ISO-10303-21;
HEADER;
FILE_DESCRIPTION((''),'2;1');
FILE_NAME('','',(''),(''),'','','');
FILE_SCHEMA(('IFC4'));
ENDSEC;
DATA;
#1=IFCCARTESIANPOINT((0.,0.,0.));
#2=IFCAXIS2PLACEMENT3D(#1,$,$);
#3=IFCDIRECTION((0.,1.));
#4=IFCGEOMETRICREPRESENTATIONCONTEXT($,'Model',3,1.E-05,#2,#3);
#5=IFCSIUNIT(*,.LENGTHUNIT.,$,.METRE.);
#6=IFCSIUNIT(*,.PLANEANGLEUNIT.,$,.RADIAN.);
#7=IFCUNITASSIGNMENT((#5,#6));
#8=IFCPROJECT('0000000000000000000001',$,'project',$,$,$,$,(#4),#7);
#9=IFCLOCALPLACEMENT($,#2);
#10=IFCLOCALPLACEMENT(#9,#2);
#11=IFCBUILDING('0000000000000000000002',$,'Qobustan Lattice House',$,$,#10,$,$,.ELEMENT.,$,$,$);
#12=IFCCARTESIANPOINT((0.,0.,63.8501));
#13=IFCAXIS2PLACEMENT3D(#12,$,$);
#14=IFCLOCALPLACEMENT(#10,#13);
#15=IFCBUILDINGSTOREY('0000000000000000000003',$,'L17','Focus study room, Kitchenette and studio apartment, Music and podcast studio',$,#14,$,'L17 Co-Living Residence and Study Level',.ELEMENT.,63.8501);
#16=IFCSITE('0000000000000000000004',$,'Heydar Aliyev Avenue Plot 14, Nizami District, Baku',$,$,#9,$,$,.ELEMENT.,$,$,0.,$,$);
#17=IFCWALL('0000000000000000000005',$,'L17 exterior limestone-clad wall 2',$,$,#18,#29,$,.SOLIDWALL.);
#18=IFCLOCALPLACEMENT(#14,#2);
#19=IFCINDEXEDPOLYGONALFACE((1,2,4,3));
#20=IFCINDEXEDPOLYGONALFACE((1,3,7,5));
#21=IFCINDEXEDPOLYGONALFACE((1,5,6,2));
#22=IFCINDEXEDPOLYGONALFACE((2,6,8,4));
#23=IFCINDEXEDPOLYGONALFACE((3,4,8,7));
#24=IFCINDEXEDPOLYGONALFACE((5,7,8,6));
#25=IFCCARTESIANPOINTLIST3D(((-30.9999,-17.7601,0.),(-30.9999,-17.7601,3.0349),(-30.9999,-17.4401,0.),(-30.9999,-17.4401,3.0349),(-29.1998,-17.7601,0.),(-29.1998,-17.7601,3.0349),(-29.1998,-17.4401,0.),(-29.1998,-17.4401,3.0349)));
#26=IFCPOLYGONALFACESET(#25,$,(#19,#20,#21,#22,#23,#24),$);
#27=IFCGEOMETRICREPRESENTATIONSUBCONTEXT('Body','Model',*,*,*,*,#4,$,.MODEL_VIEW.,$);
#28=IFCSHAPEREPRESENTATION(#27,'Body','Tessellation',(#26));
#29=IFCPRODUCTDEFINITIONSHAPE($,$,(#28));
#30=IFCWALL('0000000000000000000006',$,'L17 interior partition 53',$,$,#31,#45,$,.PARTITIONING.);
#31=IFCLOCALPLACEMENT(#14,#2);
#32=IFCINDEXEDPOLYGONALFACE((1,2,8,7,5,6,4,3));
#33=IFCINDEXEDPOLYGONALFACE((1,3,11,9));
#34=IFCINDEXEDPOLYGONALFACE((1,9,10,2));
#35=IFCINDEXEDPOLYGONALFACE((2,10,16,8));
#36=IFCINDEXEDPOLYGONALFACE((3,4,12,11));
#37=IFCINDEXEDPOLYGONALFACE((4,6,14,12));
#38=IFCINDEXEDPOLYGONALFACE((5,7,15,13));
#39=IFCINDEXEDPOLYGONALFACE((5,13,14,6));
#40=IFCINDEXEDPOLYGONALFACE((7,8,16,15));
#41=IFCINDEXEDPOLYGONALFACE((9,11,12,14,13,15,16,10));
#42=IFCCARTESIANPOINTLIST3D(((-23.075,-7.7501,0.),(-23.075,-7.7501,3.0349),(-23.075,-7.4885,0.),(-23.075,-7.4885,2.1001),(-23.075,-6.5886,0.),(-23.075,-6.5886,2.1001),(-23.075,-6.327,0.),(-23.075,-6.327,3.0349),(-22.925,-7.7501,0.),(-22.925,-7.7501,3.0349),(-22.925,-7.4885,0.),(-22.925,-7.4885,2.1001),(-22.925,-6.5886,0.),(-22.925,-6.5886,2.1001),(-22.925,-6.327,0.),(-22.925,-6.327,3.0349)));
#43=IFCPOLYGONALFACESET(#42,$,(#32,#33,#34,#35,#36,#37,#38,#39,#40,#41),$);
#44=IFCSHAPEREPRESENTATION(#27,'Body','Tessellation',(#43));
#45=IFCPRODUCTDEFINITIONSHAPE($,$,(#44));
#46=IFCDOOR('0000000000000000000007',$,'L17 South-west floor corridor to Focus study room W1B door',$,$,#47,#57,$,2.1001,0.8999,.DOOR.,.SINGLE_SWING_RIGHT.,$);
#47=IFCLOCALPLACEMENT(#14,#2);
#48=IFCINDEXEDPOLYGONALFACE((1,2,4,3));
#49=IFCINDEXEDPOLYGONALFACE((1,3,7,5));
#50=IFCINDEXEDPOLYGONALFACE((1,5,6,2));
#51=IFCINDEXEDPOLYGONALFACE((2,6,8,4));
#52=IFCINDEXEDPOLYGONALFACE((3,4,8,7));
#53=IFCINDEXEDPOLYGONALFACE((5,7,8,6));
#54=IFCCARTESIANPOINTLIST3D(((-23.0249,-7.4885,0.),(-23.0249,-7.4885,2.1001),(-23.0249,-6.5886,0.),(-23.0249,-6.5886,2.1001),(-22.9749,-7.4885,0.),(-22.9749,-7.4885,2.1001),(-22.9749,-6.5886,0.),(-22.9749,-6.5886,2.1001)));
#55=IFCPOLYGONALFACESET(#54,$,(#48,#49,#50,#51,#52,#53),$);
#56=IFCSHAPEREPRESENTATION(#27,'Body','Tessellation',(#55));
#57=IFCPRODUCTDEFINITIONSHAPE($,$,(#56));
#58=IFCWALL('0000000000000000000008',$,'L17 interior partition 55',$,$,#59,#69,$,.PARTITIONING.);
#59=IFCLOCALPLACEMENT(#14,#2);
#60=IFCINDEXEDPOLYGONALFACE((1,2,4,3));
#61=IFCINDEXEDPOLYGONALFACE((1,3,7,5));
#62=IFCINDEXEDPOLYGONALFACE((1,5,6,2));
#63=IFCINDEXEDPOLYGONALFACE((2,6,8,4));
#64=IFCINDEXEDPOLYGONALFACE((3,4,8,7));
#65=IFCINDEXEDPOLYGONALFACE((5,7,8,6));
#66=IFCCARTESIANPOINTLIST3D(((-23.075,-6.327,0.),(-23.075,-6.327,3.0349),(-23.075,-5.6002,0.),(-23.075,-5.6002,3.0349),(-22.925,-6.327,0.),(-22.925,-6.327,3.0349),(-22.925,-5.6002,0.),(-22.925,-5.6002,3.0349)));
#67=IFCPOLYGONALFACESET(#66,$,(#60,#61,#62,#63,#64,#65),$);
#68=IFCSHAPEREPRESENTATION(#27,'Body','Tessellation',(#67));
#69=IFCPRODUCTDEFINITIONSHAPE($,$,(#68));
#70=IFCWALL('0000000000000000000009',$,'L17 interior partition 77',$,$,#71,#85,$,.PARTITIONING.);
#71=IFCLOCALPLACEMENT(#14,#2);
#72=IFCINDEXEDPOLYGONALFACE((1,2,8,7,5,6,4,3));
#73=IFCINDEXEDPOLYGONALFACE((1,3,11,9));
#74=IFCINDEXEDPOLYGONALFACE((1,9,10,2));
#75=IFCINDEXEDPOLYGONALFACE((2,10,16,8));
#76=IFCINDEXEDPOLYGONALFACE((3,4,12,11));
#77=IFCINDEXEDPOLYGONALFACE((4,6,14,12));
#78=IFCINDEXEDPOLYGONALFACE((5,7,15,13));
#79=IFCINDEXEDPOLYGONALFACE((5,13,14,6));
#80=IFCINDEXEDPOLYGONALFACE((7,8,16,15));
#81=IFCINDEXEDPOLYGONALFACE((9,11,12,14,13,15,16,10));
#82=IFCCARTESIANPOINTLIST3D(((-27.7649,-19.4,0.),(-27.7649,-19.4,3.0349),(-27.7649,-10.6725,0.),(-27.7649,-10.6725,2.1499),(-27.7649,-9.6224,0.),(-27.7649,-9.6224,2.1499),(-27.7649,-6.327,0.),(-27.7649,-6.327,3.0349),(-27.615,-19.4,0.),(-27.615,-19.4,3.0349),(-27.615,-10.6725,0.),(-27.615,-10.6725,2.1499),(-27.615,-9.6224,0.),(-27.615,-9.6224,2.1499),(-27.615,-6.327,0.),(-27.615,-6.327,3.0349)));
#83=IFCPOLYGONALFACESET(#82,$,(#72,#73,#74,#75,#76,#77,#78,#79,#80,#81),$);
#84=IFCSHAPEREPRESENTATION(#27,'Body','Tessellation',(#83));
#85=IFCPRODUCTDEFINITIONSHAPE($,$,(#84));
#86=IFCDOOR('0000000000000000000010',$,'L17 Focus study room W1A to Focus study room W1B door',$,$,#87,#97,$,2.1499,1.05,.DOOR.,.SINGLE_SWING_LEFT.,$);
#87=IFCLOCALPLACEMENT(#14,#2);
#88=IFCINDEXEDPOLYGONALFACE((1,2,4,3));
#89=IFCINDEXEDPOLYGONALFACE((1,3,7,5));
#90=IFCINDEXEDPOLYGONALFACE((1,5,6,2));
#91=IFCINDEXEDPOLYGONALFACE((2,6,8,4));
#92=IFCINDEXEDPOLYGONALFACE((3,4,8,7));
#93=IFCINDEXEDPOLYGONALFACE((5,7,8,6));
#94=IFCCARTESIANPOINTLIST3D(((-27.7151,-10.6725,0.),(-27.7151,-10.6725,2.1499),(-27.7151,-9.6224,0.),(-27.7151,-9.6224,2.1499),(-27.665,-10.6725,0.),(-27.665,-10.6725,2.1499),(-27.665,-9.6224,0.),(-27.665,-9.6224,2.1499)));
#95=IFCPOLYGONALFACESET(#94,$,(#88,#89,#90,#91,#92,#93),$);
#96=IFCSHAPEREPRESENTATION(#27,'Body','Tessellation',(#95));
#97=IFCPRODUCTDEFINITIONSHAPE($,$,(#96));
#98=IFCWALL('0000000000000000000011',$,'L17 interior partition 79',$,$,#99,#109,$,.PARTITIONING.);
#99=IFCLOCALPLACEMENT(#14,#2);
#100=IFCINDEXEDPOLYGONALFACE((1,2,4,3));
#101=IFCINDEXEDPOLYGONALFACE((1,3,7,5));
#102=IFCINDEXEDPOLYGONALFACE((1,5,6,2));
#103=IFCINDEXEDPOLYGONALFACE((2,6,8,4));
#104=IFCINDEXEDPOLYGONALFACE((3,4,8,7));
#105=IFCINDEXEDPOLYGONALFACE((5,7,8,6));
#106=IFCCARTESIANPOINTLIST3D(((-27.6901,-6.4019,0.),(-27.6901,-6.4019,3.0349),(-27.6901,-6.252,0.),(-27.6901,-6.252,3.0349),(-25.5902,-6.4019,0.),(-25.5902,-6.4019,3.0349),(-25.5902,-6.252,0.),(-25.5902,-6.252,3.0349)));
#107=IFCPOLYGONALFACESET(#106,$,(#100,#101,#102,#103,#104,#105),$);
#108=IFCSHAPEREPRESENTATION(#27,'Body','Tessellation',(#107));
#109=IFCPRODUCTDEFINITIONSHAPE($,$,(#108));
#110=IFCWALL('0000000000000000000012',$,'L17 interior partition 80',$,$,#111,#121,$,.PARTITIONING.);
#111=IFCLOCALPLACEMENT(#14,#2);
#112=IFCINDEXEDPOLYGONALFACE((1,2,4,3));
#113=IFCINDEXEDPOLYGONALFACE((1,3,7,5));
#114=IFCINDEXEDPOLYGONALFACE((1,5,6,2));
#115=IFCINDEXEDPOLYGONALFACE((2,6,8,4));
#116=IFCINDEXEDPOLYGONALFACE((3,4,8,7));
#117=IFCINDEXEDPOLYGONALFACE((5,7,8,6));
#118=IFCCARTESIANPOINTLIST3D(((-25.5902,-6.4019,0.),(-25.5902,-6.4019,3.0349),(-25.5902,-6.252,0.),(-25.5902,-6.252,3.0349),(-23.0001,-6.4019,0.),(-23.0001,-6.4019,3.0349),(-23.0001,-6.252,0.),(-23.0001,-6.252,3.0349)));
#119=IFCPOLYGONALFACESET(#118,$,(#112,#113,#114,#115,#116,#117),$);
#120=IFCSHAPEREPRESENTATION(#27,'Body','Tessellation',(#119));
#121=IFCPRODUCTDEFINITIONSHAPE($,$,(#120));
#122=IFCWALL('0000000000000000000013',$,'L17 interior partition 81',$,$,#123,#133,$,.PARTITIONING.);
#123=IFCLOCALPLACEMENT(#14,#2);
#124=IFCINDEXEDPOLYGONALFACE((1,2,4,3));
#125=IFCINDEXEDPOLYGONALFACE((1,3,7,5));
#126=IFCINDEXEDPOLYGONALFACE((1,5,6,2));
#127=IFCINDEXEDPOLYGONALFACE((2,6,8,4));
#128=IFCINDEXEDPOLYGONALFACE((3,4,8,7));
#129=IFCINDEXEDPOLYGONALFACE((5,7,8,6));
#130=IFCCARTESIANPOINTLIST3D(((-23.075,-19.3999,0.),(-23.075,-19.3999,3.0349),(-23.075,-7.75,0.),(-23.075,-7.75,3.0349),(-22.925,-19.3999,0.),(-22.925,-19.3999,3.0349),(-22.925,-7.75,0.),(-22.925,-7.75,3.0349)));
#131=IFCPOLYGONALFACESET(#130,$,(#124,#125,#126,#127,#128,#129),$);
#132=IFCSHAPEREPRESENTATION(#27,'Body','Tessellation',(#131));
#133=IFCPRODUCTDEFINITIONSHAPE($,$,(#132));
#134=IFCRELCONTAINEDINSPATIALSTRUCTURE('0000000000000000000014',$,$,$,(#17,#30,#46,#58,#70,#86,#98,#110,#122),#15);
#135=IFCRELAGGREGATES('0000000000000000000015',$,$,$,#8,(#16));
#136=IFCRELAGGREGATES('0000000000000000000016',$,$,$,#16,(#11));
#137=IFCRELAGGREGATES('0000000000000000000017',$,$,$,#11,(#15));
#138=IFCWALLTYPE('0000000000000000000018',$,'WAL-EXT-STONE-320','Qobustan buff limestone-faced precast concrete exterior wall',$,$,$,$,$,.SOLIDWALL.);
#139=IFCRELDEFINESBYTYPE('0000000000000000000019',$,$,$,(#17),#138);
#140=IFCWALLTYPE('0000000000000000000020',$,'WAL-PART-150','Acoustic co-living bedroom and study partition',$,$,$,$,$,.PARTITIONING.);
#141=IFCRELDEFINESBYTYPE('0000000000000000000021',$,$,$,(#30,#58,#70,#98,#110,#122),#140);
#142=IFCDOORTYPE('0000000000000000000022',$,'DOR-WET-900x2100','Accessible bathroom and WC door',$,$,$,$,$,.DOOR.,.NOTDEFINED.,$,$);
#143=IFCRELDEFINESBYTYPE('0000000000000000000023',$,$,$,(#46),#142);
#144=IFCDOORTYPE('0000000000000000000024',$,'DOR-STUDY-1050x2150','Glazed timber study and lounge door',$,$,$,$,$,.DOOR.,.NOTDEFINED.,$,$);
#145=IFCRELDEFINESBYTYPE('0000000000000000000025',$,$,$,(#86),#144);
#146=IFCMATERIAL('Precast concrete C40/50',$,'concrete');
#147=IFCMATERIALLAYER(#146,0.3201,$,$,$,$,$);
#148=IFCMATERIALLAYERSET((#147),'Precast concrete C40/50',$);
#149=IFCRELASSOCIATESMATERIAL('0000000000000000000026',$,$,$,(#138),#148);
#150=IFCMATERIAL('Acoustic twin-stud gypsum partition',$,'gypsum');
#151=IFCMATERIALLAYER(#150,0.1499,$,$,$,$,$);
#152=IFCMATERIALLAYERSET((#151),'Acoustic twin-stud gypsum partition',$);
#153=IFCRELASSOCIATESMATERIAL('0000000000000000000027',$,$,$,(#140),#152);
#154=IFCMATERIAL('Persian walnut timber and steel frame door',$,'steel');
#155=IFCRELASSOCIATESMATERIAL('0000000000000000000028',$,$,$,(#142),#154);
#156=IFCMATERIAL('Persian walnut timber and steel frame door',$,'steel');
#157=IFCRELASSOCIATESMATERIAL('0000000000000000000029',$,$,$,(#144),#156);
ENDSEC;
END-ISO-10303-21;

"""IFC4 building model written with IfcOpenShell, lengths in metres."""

from ifc_helpers import new_model, si_unit, direction, frame, frame_2d, origin, place, context, subcontext, project, spatial, rectangle, extrude, material, layer, layer_set, type_object, element, fill, save


model = new_model("IFC4")

# Units and contexts
model_context = context("Model", 3, precision=1e-05, world=origin(), true_north=direction((0.0, 1.0)))
body_context = subcontext(model_context, "Body", "Model", "MODEL_VIEW")
ifc_project = project(units=[si_unit("LENGTHUNIT", "METRE"), si_unit("PLANEANGLEUNIT", "RADIAN")], contexts=[model_context])

# Site, building, storey
site_placement = place(None, origin())
site = spatial("IfcSite", under=ifc_project, at=site_placement, Name="Heydar Aliyev Avenue Plot 14, Nizami District, Baku", CompositionType="ELEMENT", RefElevation=0.0)
building_placement = place(site_placement, origin())
building = spatial("IfcBuilding", under=site, at=building_placement, Name="Qobustan Lattice House", CompositionType="ELEMENT")
storey_placement = place(building_placement, frame((0.0, 0.0, 63.8501)))
storey = spatial("IfcBuildingStorey", under=building, at=storey_placement, Name="L17", Description="Focus study room, Kitchenette and studio apartment, Music and podcast studio", LongName="L17 Co-Living Residence and Study Level", CompositionType="ELEMENT", Elevation=63.8501)

# Wall
ifc_material_1 = material(Name="Precast concrete C40/50", Category="concrete")
ifc_layer_1 = layer(ifc_material_1, 0.3201)
ifc_layer_set_1 = layer_set([ifc_layer_1], Name="Precast concrete C40/50")
wall_type_1 = type_object("IfcWallType", Name="WAL-EXT-STONE-320", Description="Qobustan buff limestone-faced precast concrete exterior wall", PredefinedType="SOLIDWALL", material=ifc_layer_set_1)
wall_1_placement = place(storey_placement, frame((-29.2, -17.6001, 0.0), z_axis=(0.0, 0.0, 1.0), x_axis=(-1.0, 0.0, 0.0)))
element("IfcWall", 1, at=wall_1_placement, inside=storey, type_object=wall_type_1, Name="L17 exterior limestone-clad wall 2", PredefinedType="SOLIDWALL", context=body_context, shape_type="SweptSolid", body=[
    extrude(rectangle(XDim=1.8, YDim=0.3201, at=frame_2d((0.8999, 0.0))), origin(), (0.0, 0.0, 1.0), 3.0349),
])

# Wall, opening, door
ifc_material_2 = material(Name="Acoustic twin-stud gypsum partition", Category="gypsum")
ifc_layer_2 = layer(ifc_material_2, 0.1499)
ifc_layer_set_2 = layer_set([ifc_layer_2], Name="Acoustic twin-stud gypsum partition")
wall_type_2 = type_object("IfcWallType", Name="WAL-PART-150", Description="Acoustic co-living bedroom and study partition", PredefinedType="PARTITIONING", material=ifc_layer_set_2)
wall_2_placement = place(storey_placement, frame((-23.0, -7.75, 0.0), z_axis=(0.0, 0.0, 1.0), x_axis=(0.0, 1.0, 0.0)))
wall_2 = element("IfcWall", 2, at=wall_2_placement, inside=storey, type_object=wall_type_2, Name="L17 interior partition 53", PredefinedType="PARTITIONING", context=body_context, shape_type="SweptSolid", body=[
    extrude(rectangle(XDim=1.4231, YDim=0.1499, at=frame_2d((0.7114, 0.0))), origin(), (0.0, 0.0, 1.0), 3.0349),
])
opening_1_placement = place(wall_2_placement, frame((0.2615, 0.0, 0.0)))
opening_1 = element("IfcOpeningElement", 3, at=opening_1_placement, cuts=wall_2, PredefinedType="OPENING", context=body_context, shape_type="SweptSolid", body=[
    extrude(rectangle(XDim=0.8999, YDim=2.1001, at=frame_2d((0.45, 1.05))), frame((0.0, 0.085, 0.0), z_axis=(0.0, -1.0, 0.0), x_axis=(1.0, 0.0, 0.0)), (0.0, 0.0, 1.0), 0.1699),
])
ifc_material_3 = material(Name="Persian walnut timber and steel frame door", Category="steel")
door_type_1 = type_object("IfcDoorType", Name="DOR-WET-900x2100", Description="Accessible bathroom and WC door", OperationType="NOTDEFINED", PredefinedType="DOOR", material=ifc_material_3)
door_1_placement = place(opening_1_placement, origin())
door_1 = element("IfcDoor", 4, at=door_1_placement, inside=storey, type_object=door_type_1, Name="L17 South-west floor corridor to Focus study room W1B door", OperationType="SINGLE_SWING_RIGHT", OverallHeight=2.1001, OverallWidth=0.8999, PredefinedType="DOOR", context=body_context, shape_type="SweptSolid", body=[
    extrude(rectangle(XDim=0.8999, YDim=2.1001, at=frame_2d((0.45, 1.05))), frame((0.0, 0.0249, 0.0), z_axis=(0.0, -1.0, 0.0), x_axis=(1.0, 0.0, 0.0)), (0.0, 0.0, 1.0), 0.05),
])
fill(opening_1, door_1)
ifc_material_4 = material(Name="Persian walnut timber and steel frame door", Category="steel")
door_type_2 = type_object("IfcDoorType", Name="DOR-STUDY-1050x2150", Description="Glazed timber study and lounge door", OperationType="NOTDEFINED", PredefinedType="DOOR", material=ifc_material_4)

# Wall
wall_3_placement = place(storey_placement, frame((-23.0, -6.3269, 0.0), z_axis=(0.0, 0.0, 1.0), x_axis=(0.0, 1.0, 0.0)))
element("IfcWall", 5, at=wall_3_placement, inside=storey, type_object=wall_type_2, Name="L17 interior partition 55", PredefinedType="PARTITIONING", context=body_context, shape_type="SweptSolid", body=[
    extrude(rectangle(XDim=0.7268, YDim=0.1499, at=frame_2d((0.3633, 0.0))), origin(), (0.0, 0.0, 1.0), 3.0349),
])

# Wall, opening, door
wall_4_placement = place(storey_placement, frame((-27.6899, -6.3269, 0.0), z_axis=(0.0, 0.0, 1.0), x_axis=(0.0, -1.0, 0.0)))
wall_4 = element("IfcWall", 6, at=wall_4_placement, inside=storey, type_object=wall_type_2, Name="L17 interior partition 77", PredefinedType="PARTITIONING", context=body_context, shape_type="SweptSolid", body=[
    extrude(rectangle(XDim=13.073, YDim=0.1499, at=frame_2d((6.5366, 0.0))), origin(), (0.0, 0.0, 1.0), 3.0349),
])
opening_2_placement = place(wall_4_placement, frame((3.2957, 0.0, 0.0)))
opening_2 = element("IfcOpeningElement", 7, at=opening_2_placement, cuts=wall_4, PredefinedType="OPENING", context=body_context, shape_type="SweptSolid", body=[
    extrude(rectangle(XDim=1.05, YDim=2.1499, at=frame_2d((0.5249, 1.075))), frame((0.0, 0.085, 0.0), z_axis=(0.0, -1.0, 0.0), x_axis=(1.0, 0.0, 0.0)), (0.0, 0.0, 1.0), 0.1699),
])
door_2_placement = place(opening_2_placement, origin())
door_2 = element("IfcDoor", 8, at=door_2_placement, inside=storey, type_object=door_type_2, Name="L17 Focus study room W1A to Focus study room W1B door", OperationType="SINGLE_SWING_LEFT", OverallHeight=2.1499, OverallWidth=1.05, PredefinedType="DOOR", context=body_context, shape_type="SweptSolid", body=[
    extrude(rectangle(XDim=1.05, YDim=2.1499, at=frame_2d((0.5249, 1.075))), frame((0.0, 0.0249, 0.0), z_axis=(0.0, -1.0, 0.0), x_axis=(1.0, 0.0, 0.0)), (0.0, 0.0, 1.0), 0.05),
])
fill(opening_2, door_2)

# Walls
wall_5_placement = place(storey_placement, frame((-27.6899, -6.3269, 0.0), z_axis=(0.0, 0.0, 1.0), x_axis=(1.0, 0.0, 0.0)))
element("IfcWall", 9, at=wall_5_placement, inside=storey, type_object=wall_type_2, Name="L17 interior partition 79", PredefinedType="PARTITIONING", context=body_context, shape_type="SweptSolid", body=[
    extrude(rectangle(XDim=2.0999, YDim=0.1499, at=frame_2d((1.0498, 0.0))), origin(), (0.0, 0.0, 1.0), 3.0349),
])
wall_6_placement = place(storey_placement, frame((-25.5901, -6.3269, 0.0), z_axis=(0.0, 0.0, 1.0), x_axis=(1.0, 0.0, 0.0)))
element("IfcWall", 10, at=wall_6_placement, inside=storey, type_object=wall_type_2, Name="L17 interior partition 80", PredefinedType="PARTITIONING", context=body_context, shape_type="SweptSolid", body=[
    extrude(rectangle(XDim=2.5901, YDim=0.1499, at=frame_2d((1.2949, 0.0))), origin(), (0.0, 0.0, 1.0), 3.0349),
])
wall_7_placement = place(storey_placement, frame((-23.0, -7.75, 0.0), z_axis=(0.0, 0.0, 1.0), x_axis=(0.0, -1.0, 0.0)))
element("IfcWall", 11, at=wall_7_placement, inside=storey, type_object=wall_type_2, Name="L17 interior partition 81", PredefinedType="PARTITIONING", context=body_context, shape_type="SweptSolid", body=[
    extrude(rectangle(XDim=11.6499, YDim=0.1499, at=frame_2d((5.825, 0.0))), origin(), (0.0, 0.0, 1.0), 3.0349),
])

save(model, "model.ifc")
